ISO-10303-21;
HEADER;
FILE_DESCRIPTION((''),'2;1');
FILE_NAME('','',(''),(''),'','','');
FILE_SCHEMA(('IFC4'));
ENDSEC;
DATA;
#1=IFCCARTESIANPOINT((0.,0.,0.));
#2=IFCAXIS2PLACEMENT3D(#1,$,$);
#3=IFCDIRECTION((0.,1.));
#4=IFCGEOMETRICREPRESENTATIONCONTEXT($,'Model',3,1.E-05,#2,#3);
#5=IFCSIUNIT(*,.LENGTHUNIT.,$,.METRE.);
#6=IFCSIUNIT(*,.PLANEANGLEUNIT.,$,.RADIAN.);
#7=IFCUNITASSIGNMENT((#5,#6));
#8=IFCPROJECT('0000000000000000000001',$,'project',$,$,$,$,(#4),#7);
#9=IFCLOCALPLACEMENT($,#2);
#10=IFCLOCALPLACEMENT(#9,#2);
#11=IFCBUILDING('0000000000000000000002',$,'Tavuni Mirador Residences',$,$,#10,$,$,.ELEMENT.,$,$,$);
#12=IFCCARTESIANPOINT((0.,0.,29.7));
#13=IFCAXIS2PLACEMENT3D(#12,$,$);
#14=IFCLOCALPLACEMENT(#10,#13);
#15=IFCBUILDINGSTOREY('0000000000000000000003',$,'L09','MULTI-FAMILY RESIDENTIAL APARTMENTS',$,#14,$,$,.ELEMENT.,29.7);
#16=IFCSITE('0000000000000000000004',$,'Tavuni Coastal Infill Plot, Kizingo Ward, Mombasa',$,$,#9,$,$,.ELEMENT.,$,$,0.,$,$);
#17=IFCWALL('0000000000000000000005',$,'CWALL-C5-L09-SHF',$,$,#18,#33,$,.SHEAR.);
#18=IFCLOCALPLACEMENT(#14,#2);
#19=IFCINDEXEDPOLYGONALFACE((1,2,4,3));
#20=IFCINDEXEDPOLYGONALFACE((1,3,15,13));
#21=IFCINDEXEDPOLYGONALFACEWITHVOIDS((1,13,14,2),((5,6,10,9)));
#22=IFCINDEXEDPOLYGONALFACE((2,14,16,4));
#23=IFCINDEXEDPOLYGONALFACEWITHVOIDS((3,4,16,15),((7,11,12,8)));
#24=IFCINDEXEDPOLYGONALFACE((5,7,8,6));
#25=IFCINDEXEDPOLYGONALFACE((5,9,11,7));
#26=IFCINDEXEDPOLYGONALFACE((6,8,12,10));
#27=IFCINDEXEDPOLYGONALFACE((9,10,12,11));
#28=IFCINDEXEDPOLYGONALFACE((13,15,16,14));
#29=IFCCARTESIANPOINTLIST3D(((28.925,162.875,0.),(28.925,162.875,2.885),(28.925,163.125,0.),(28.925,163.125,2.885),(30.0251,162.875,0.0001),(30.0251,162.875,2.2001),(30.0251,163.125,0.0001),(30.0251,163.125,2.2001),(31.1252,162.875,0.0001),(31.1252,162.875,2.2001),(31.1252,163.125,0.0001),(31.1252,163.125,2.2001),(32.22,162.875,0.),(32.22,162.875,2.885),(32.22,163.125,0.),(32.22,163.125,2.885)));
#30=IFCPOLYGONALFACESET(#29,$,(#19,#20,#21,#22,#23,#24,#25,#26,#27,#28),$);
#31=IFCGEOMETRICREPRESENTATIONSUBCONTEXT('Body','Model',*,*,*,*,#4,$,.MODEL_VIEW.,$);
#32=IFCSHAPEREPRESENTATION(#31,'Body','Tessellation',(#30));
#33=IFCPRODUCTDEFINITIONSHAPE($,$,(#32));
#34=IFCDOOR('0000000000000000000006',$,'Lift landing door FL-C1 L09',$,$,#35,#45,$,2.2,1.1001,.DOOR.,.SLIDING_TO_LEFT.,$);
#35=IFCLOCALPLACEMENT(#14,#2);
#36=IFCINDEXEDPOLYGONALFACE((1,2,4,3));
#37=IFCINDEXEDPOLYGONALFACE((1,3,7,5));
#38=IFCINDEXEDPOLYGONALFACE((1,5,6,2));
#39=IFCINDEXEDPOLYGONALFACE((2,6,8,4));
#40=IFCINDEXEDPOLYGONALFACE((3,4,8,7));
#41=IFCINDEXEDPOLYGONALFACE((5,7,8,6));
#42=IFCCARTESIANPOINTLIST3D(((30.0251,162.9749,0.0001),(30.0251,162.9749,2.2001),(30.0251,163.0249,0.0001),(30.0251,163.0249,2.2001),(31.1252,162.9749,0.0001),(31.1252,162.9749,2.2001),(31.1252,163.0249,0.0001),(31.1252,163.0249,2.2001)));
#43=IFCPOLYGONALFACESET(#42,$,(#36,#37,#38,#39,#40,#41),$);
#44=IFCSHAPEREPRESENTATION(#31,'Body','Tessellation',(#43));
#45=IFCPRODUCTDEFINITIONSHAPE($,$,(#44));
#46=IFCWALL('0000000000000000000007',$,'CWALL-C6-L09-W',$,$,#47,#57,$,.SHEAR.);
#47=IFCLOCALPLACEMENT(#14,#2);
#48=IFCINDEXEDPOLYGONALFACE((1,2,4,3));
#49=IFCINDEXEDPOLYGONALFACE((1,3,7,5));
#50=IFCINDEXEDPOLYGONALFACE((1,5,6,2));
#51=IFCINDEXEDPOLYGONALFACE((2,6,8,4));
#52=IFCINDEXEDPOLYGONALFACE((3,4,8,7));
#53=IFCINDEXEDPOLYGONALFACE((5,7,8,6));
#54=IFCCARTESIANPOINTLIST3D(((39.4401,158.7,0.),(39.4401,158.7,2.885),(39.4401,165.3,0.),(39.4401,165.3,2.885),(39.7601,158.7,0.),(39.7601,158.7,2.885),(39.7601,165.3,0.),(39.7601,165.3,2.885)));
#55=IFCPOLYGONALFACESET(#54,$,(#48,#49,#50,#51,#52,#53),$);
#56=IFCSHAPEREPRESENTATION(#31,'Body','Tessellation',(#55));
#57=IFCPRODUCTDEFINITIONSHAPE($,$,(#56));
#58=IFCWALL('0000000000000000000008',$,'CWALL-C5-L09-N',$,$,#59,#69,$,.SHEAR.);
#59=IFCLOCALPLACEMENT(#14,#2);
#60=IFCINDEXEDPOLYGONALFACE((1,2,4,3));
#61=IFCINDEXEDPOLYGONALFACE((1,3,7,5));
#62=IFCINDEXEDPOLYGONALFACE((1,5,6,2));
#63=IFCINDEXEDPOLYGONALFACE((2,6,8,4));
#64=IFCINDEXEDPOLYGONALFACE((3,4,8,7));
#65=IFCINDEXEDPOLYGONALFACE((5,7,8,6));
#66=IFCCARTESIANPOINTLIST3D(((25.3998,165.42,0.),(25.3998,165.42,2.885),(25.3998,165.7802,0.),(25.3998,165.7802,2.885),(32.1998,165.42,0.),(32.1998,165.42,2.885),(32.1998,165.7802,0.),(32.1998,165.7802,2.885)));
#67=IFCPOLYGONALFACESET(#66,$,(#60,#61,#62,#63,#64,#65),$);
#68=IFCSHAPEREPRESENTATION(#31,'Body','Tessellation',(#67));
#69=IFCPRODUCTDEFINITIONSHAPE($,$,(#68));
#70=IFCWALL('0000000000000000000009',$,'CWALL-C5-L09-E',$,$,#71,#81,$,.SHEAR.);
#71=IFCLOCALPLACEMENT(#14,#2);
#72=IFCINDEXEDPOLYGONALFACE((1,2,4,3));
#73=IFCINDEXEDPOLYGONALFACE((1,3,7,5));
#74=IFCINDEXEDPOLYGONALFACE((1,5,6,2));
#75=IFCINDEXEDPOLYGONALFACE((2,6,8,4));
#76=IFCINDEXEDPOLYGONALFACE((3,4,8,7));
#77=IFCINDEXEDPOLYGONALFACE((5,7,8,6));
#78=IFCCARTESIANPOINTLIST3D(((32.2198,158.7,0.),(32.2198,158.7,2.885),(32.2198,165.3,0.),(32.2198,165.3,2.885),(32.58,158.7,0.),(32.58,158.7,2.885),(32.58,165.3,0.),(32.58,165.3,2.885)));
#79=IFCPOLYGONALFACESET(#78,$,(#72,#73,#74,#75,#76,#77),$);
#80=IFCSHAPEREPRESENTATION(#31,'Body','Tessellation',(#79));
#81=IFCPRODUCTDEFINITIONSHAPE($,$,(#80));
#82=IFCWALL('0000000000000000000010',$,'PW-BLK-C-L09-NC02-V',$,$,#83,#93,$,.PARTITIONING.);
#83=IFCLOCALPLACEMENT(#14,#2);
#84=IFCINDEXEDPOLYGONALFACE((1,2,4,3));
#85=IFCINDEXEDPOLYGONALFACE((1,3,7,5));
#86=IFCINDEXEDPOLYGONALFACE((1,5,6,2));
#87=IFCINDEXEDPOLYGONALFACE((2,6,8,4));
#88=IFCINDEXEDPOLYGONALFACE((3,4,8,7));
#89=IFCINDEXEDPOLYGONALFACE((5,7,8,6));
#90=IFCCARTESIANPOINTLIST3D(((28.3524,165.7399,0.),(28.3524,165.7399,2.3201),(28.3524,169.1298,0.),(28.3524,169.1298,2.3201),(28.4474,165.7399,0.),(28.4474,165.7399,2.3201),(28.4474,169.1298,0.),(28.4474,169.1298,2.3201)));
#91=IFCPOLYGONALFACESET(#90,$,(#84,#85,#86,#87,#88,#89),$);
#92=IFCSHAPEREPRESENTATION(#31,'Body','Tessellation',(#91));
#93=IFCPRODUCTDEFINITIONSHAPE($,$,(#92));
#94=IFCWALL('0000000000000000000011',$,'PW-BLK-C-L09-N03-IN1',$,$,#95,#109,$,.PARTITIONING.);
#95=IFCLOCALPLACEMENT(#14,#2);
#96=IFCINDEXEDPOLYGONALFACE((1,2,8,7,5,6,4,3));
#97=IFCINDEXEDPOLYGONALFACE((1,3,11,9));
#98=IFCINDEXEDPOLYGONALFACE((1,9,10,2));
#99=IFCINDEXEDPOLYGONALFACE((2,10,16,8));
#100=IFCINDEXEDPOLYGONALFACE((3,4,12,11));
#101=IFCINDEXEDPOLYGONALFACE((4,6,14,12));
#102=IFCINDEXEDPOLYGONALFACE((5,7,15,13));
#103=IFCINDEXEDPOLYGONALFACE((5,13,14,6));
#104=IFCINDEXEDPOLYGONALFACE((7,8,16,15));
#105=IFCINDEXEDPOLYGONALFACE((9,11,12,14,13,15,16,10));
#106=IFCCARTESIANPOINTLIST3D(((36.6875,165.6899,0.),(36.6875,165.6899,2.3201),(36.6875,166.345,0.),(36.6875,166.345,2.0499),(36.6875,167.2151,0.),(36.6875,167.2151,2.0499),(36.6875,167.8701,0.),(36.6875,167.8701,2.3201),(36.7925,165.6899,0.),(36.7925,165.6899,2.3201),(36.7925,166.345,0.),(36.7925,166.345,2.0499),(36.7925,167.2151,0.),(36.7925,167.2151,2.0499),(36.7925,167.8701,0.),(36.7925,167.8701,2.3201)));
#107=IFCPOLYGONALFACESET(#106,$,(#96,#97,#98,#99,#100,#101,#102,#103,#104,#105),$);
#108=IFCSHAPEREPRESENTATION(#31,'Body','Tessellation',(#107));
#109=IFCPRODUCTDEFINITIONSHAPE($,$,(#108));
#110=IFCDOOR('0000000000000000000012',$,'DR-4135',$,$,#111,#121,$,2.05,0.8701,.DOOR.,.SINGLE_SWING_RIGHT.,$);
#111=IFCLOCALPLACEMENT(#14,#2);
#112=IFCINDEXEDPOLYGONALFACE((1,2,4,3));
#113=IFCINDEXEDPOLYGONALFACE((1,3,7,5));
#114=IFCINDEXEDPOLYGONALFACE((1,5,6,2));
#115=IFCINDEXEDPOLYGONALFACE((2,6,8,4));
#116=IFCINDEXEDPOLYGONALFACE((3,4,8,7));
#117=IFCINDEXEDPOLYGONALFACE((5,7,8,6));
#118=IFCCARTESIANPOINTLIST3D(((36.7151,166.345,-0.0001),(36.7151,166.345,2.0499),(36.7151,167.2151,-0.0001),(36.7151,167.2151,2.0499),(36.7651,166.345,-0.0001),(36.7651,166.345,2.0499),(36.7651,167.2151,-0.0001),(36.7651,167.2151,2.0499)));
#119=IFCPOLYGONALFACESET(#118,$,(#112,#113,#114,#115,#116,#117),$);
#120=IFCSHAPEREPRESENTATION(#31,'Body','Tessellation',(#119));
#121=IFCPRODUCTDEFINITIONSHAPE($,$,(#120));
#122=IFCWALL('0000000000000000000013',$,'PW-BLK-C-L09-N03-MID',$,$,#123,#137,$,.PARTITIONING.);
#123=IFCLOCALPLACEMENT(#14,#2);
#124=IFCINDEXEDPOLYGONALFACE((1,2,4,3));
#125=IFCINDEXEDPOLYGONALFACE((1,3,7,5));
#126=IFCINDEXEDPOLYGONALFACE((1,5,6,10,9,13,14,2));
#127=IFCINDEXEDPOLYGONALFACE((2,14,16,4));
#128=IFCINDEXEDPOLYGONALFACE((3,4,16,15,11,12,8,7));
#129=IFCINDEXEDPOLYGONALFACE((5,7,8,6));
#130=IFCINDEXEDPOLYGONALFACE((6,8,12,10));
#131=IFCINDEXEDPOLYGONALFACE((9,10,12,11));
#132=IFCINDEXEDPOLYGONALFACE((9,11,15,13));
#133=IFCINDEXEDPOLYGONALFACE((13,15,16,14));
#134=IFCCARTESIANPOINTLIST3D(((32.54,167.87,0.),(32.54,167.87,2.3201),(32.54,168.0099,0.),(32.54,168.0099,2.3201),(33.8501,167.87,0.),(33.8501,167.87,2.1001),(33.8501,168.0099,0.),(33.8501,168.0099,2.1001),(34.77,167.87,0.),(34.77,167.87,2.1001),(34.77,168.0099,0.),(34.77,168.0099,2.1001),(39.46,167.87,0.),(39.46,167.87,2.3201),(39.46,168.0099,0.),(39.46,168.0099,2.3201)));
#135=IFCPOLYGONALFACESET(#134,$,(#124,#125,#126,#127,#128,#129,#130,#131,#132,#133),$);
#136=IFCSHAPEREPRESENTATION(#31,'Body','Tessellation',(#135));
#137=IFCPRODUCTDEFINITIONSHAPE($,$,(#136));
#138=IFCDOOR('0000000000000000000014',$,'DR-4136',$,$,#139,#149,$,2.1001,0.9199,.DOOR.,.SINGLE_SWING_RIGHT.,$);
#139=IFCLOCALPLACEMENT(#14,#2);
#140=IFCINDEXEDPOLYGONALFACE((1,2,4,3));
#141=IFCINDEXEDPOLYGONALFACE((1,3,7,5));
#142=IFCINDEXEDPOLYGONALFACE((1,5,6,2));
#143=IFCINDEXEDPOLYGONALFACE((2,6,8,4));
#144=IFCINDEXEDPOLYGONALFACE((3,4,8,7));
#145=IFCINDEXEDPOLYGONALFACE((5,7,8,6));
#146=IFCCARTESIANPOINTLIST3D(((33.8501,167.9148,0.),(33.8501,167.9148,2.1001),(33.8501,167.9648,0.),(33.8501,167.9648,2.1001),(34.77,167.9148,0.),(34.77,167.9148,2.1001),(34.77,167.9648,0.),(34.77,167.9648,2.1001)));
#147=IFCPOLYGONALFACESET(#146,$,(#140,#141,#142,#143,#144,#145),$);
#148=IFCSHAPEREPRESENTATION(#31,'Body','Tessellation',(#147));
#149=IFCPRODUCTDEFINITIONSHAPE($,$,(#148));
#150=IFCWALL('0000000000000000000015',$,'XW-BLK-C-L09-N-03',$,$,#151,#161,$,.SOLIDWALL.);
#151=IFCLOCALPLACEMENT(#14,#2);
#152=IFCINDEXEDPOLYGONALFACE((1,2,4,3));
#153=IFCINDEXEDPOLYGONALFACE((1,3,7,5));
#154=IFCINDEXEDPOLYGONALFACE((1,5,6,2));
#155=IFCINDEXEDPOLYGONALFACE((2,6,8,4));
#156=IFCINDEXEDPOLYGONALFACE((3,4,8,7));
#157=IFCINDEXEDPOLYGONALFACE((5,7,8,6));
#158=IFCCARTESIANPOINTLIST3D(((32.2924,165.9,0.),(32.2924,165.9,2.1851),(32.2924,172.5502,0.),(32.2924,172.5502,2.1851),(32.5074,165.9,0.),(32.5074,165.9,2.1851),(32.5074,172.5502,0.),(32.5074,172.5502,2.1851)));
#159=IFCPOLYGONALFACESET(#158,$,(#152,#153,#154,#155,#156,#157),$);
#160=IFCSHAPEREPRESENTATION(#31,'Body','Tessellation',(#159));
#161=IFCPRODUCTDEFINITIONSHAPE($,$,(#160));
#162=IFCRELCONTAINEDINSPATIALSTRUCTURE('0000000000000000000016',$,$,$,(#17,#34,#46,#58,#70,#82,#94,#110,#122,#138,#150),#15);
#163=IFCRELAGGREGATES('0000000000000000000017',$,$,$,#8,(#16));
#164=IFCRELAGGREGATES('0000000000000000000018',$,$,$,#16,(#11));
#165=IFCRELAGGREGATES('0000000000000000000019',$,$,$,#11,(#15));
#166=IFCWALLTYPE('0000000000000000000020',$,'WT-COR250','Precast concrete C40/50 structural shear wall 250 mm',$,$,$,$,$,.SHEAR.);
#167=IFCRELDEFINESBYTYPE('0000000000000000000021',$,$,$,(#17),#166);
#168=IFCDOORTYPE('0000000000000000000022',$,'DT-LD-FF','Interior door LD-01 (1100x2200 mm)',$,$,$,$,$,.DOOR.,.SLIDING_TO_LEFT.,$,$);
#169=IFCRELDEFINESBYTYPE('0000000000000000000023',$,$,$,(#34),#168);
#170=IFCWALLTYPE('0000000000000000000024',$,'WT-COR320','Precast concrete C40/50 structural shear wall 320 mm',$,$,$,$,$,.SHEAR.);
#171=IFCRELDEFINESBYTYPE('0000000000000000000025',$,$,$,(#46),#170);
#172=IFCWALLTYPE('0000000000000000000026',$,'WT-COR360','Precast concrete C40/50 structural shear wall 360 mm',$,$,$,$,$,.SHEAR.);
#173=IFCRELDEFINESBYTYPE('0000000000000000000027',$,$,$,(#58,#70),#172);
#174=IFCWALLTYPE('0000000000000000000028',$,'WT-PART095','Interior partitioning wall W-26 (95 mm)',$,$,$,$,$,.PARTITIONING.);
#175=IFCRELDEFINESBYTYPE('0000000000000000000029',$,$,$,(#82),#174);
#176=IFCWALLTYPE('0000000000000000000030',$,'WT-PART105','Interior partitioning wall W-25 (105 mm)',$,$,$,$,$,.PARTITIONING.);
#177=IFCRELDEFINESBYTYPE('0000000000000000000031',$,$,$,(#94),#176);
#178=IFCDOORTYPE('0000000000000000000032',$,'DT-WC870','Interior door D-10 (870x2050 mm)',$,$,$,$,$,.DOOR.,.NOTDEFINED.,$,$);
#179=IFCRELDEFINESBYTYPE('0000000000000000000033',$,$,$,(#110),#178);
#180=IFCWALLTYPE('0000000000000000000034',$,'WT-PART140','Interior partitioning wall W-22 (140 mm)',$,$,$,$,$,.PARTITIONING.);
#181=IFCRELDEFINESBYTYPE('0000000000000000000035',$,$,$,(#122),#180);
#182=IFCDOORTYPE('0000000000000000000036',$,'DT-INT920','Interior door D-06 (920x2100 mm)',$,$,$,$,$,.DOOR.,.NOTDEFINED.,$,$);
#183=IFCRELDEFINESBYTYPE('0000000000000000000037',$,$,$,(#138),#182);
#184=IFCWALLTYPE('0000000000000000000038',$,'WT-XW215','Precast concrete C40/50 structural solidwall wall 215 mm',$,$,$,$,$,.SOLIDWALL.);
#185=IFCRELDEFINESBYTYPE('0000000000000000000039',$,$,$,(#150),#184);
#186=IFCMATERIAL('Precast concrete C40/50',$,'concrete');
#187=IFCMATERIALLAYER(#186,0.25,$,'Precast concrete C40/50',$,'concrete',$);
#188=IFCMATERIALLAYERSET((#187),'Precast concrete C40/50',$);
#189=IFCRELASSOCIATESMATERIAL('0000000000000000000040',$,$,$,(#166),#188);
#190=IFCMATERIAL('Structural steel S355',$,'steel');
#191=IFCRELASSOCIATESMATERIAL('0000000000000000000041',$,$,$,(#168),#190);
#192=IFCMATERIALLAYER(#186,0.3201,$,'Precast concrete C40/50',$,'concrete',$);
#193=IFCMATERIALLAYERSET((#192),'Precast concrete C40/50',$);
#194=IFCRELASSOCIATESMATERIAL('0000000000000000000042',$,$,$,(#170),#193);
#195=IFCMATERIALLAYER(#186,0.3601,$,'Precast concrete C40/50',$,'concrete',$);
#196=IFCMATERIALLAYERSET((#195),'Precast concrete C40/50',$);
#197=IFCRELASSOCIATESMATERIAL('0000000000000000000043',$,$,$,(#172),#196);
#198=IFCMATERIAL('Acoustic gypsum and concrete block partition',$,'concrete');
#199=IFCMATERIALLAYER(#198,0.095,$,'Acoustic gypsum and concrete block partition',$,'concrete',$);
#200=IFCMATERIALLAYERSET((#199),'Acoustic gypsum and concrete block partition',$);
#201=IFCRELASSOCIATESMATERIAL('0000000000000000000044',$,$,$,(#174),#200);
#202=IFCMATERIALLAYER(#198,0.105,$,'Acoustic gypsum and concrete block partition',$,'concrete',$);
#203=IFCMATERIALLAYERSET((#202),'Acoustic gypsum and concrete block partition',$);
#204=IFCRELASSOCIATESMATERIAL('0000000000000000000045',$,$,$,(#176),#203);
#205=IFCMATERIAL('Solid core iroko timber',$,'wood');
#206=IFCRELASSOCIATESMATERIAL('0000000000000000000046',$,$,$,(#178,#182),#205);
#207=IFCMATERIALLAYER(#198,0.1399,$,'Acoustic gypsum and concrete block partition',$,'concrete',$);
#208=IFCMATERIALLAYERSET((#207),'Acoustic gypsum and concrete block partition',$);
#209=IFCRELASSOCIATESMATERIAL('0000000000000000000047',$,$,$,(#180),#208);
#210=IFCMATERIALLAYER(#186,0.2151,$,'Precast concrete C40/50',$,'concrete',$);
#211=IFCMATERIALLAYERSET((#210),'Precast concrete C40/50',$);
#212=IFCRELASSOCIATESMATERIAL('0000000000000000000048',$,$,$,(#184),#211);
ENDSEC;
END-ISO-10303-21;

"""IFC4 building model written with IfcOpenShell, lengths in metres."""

from ifc_helpers import new_model, si_unit, direction, frame, frame_2d, origin, place, context, subcontext, project, spatial, rectangle, extrude, material, layer, layer_set, type_object, element, fill, save


model = new_model("IFC4")

# Units and contexts
model_context = context("Model", 3, precision=1e-05, world=origin(), true_north=direction((0.0, 1.0)))
body_context = subcontext(model_context, "Body", "Model", "MODEL_VIEW")
ifc_project = project(units=[si_unit("LENGTHUNIT", "METRE"), si_unit("PLANEANGLEUNIT", "RADIAN")], contexts=[model_context])

# Site, building, storey
site_placement = place(None, origin())
site = spatial("IfcSite", under=ifc_project, at=site_placement, Name="Tavuni Coastal Infill Plot, Kizingo Ward, Mombasa", CompositionType="ELEMENT", RefElevation=0.0)
building_placement = place(site_placement, origin())
building = spatial("IfcBuilding", under=site, at=building_placement, Name="Tavuni Mirador Residences", CompositionType="ELEMENT")
storey_placement = place(building_placement, frame((0.0, 0.0, 29.7)))
storey = spatial("IfcBuildingStorey", under=building, at=storey_placement, Name="L09", Description="MULTI-FAMILY RESIDENTIAL APARTMENTS", CompositionType="ELEMENT", Elevation=29.7)

# Shared definitions
ifc_material_1 = material(Name="Precast concrete C40/50", Category="concrete")

# Wall, opening, door
ifc_layer_1 = layer(ifc_material_1, 0.25, Name="Precast concrete C40/50", Category="concrete")
ifc_layer_set_1 = layer_set([ifc_layer_1], Name="Precast concrete C40/50")
wall_type_1 = type_object("IfcWallType", Name="WT-COR250", Description="Precast concrete C40/50 structural shear wall 250 mm", PredefinedType="SHEAR", material=ifc_layer_set_1)
ifc_material_2 = material(Name="Solid core iroko timber", Category="wood")
wall_1_placement = place(storey_placement, frame((28.925, 163.0, 0.0), z_axis=(0.0, 0.0, 1.0), x_axis=(1.0, 0.0, 0.0)))
wall_1 = element("IfcWall", 1, at=wall_1_placement, inside=storey, type_object=wall_type_1, Name="CWALL-C5-L09-SHF", PredefinedType="SHEAR", context=body_context, shape_type="SweptSolid", body=[
    extrude(rectangle(XDim=3.2949, YDim=0.25, at=frame_2d((1.6475, 0.0))), origin(), (0.0, 0.0, 1.0), 2.885),
])
opening_1_placement = place(wall_1_placement, frame((1.1001, 0.0, 0.0)))
opening_1 = element("IfcOpeningElement", 2, at=opening_1_placement, cuts=wall_1, PredefinedType="OPENING", context=body_context, shape_type="SweptSolid", body=[
    extrude(rectangle(XDim=1.1001, YDim=2.2, at=frame_2d((0.55, 1.1001))), frame((0.0, 0.135, 0.0), z_axis=(0.0, -1.0, 0.0), x_axis=(1.0, 0.0, 0.0)), (0.0, 0.0, 1.0), 0.27),
])
ifc_material_3 = material(Name="Structural steel S355", Category="steel")
door_type_1 = type_object("IfcDoorType", Name="DT-LD-FF", Description="Interior door LD-01 (1100x2200 mm)", OperationType="SLIDING_TO_LEFT", PredefinedType="DOOR", material=ifc_material_3)
door_1_placement = place(opening_1_placement, origin())
door_1 = element("IfcDoor", 3, at=door_1_placement, inside=storey, type_object=door_type_1, Name="Lift landing door FL-C1 L09", OperationType="SLIDING_TO_LEFT", OverallHeight=2.2, OverallWidth=1.1001, PredefinedType="DOOR", context=body_context, shape_type="SweptSolid", body=[
    extrude(rectangle(XDim=1.1001, YDim=2.2, at=frame_2d((0.55, 1.1001))), frame((0.0, 0.0249, 0.0), z_axis=(0.0, -1.0, 0.0), x_axis=(1.0, 0.0, 0.0)), (0.0, 0.0, 1.0), 0.05),
])
fill(opening_1, door_1)

# Walls
ifc_layer_2 = layer(ifc_material_1, 0.3201, Name="Precast concrete C40/50", Category="concrete")
ifc_layer_set_2 = layer_set([ifc_layer_2], Name="Precast concrete C40/50")
wall_type_2 = type_object("IfcWallType", Name="WT-COR320", Description="Precast concrete C40/50 structural shear wall 320 mm", PredefinedType="SHEAR", material=ifc_layer_set_2)
wall_2_placement = place(storey_placement, frame((39.6001, 158.7, 0.0), z_axis=(0.0, 0.0, 1.0), x_axis=(0.0, 1.0, 0.0)))
element("IfcWall", 4, at=wall_2_placement, inside=storey, type_object=wall_type_2, Name="CWALL-C6-L09-W", PredefinedType="SHEAR", context=body_context, shape_type="SweptSolid", body=[
    extrude(rectangle(XDim=6.6001, YDim=0.3201, at=frame_2d((3.3, 0.0))), origin(), (0.0, 0.0, 1.0), 2.885),
])
ifc_layer_3 = layer(ifc_material_1, 0.3601, Name="Precast concrete C40/50", Category="concrete")
ifc_layer_set_3 = layer_set([ifc_layer_3], Name="Precast concrete C40/50")
wall_type_3 = type_object("IfcWallType", Name="WT-COR360", Description="Precast concrete C40/50 structural shear wall 360 mm", PredefinedType="SHEAR", material=ifc_layer_set_3)
wall_3_placement = place(storey_placement, frame((25.3999, 165.6001, 0.0), z_axis=(0.0, 0.0, 1.0), x_axis=(1.0, 0.0, 0.0)))
element("IfcWall", 5, at=wall_3_placement, inside=storey, type_object=wall_type_3, Name="CWALL-C5-L09-N", PredefinedType="SHEAR", context=body_context, shape_type="SweptSolid", body=[
    extrude(rectangle(XDim=6.8, YDim=0.3601, at=frame_2d((3.3999, 0.0))), origin(), (0.0, 0.0, 1.0), 2.885),
])
wall_4_placement = place(storey_placement, frame((32.3999, 158.7, 0.0), z_axis=(0.0, 0.0, 1.0), x_axis=(0.0, 1.0, 0.0)))
element("IfcWall", 6, at=wall_4_placement, inside=storey, type_object=wall_type_3, Name="CWALL-C5-L09-E", PredefinedType="SHEAR", context=body_context, shape_type="SweptSolid", body=[
    extrude(rectangle(XDim=6.6001, YDim=0.3601, at=frame_2d((3.3, 0.0))), origin(), (0.0, 0.0, 1.0), 2.885),
])

# Wall
ifc_material_4 = material(Name="Acoustic gypsum and concrete block partition", Category="concrete")
ifc_layer_4 = layer(ifc_material_4, 0.095, Name="Acoustic gypsum and concrete block partition", Category="concrete")
ifc_layer_set_4 = layer_set([ifc_layer_4], Name="Acoustic gypsum and concrete block partition")
wall_type_4 = type_object("IfcWallType", Name="WT-PART095", Description="Interior partitioning wall W-26 (95 mm)", PredefinedType="PARTITIONING", material=ifc_layer_set_4)
wall_5_placement = place(storey_placement, frame((28.3999, 165.74, 0.0), z_axis=(0.0, 0.0, 1.0), x_axis=(0.0, 1.0, 0.0)))
element("IfcWall", 7, at=wall_5_placement, inside=storey, type_object=wall_type_4, Name="PW-BLK-C-L09-NC02-V", PredefinedType="PARTITIONING", context=body_context, shape_type="SweptSolid", body=[
    extrude(rectangle(XDim=3.3899, YDim=0.095, at=frame_2d((1.6948, 0.0))), origin(), (0.0, 0.0, 1.0), 2.3201),
])

# Walls, openings, doors
ifc_layer_5 = layer(ifc_material_4, 0.105, Name="Acoustic gypsum and concrete block partition", Category="concrete")
ifc_layer_set_5 = layer_set([ifc_layer_5], Name="Acoustic gypsum and concrete block partition")
wall_type_5 = type_object("IfcWallType", Name="WT-PART105", Description="Interior partitioning wall W-25 (105 mm)", PredefinedType="PARTITIONING", material=ifc_layer_set_5)
wall_6_placement = place(storey_placement, frame((36.74, 165.6899, 0.0), z_axis=(0.0, 0.0, 1.0), x_axis=(0.0, 1.0, 0.0)))
wall_6 = element("IfcWall", 8, at=wall_6_placement, inside=storey, type_object=wall_type_5, Name="PW-BLK-C-L09-N03-IN1", PredefinedType="PARTITIONING", context=body_context, shape_type="SweptSolid", body=[
    extrude(rectangle(XDim=2.1802, YDim=0.105, at=frame_2d((1.0901, 0.0))), origin(), (0.0, 0.0, 1.0), 2.3201),
])
opening_2_placement = place(wall_6_placement, frame((0.655, 0.0, 0.0)))
opening_2 = element("IfcOpeningElement", 9, at=opening_2_placement, cuts=wall_6, PredefinedType="OPENING", context=body_context, shape_type="SweptSolid", body=[
    extrude(rectangle(XDim=0.8701, YDim=2.05, at=frame_2d((0.4351, 1.0249))), frame((0.0, 0.0625, 0.0), z_axis=(0.0, -1.0, 0.0), x_axis=(1.0, 0.0, 0.0)), (0.0, 0.0, 1.0), 0.125),
])
door_type_2 = type_object("IfcDoorType", Name="DT-WC870", Description="Interior door D-10 (870x2050 mm)", OperationType="NOTDEFINED", PredefinedType="DOOR", material=ifc_material_2)
door_2_placement = place(opening_2_placement, origin())
door_2 = element("IfcDoor", 10, at=door_2_placement, inside=storey, type_object=door_type_2, Name="DR-4135", OperationType="SINGLE_SWING_RIGHT", OverallHeight=2.05, OverallWidth=0.8701, PredefinedType="DOOR", context=body_context, shape_type="SweptSolid", body=[
    extrude(rectangle(XDim=0.8701, YDim=2.05, at=frame_2d((0.4351, 1.0249))), frame((0.0, 0.0249, 0.0), z_axis=(0.0, -1.0, 0.0), x_axis=(1.0, 0.0, 0.0)), (0.0, 0.0, 1.0), 0.05),
])
fill(opening_2, door_2)
ifc_layer_6 = layer(ifc_material_4, 0.1399, Name="Acoustic gypsum and concrete block partition", Category="concrete")
ifc_layer_set_6 = layer_set([ifc_layer_6], Name="Acoustic gypsum and concrete block partition")
wall_type_6 = type_object("IfcWallType", Name="WT-PART140", Description="Interior partitioning wall W-22 (140 mm)", PredefinedType="PARTITIONING", material=ifc_layer_set_6)
wall_7_placement = place(storey_placement, frame((32.54, 167.9399, 0.0), z_axis=(0.0, 0.0, 1.0), x_axis=(1.0, 0.0, 0.0)))
wall_7 = element("IfcWall", 11, at=wall_7_placement, inside=storey, type_object=wall_type_6, Name="PW-BLK-C-L09-N03-MID", PredefinedType="PARTITIONING", context=body_context, shape_type="SweptSolid", body=[
    extrude(rectangle(XDim=6.9199, YDim=0.1399, at=frame_2d((3.46, 0.0))), origin(), (0.0, 0.0, 1.0), 2.3201),
])
opening_3_placement = place(wall_7_placement, frame((1.3101, 0.0, 0.0)))
opening_3 = element("IfcOpeningElement", 12, at=opening_3_placement, cuts=wall_7, PredefinedType="OPENING", context=body_context, shape_type="SweptSolid", body=[
    extrude(rectangle(XDim=0.9199, YDim=2.1001, at=frame_2d((0.46, 1.05))), frame((0.0, 0.0801, 0.0), z_axis=(0.0, -1.0, 0.0), x_axis=(1.0, 0.0, 0.0)), (0.0, 0.0, 1.0), 0.1599),
])
door_type_3 = type_object("IfcDoorType", Name="DT-INT920", Description="Interior door D-06 (920x2100 mm)", OperationType="NOTDEFINED", PredefinedType="DOOR", material=ifc_material_2)
door_3_placement = place(opening_3_placement, origin())
door_3 = element("IfcDoor", 13, at=door_3_placement, inside=storey, type_object=door_type_3, Name="DR-4136", OperationType="SINGLE_SWING_RIGHT", OverallHeight=2.1001, OverallWidth=0.9199, PredefinedType="DOOR", context=body_context, shape_type="SweptSolid", body=[
    extrude(rectangle(XDim=0.9199, YDim=2.1001, at=frame_2d((0.46, 1.05))), frame((0.0, 0.0249, 0.0), z_axis=(0.0, -1.0, 0.0), x_axis=(1.0, 0.0, 0.0)), (0.0, 0.0, 1.0), 0.05),
])
fill(opening_3, door_3)

# Wall
ifc_layer_7 = layer(ifc_material_1, 0.2151, Name="Precast concrete C40/50", Category="concrete")
ifc_layer_set_7 = layer_set([ifc_layer_7], Name="Precast concrete C40/50")
wall_type_7 = type_object("IfcWallType", Name="WT-XW215", Description="Precast concrete C40/50 structural solidwall wall 215 mm", PredefinedType="SOLIDWALL", material=ifc_layer_set_7)
wall_8_placement = place(storey_placement, frame((32.3999, 165.8999, 0.0), z_axis=(0.0, 0.0, 1.0), x_axis=(0.0, 1.0, 0.0)))
element("IfcWall", 14, at=wall_8_placement, inside=storey, type_object=wall_type_7, Name="XW-BLK-C-L09-N-03", PredefinedType="SOLIDWALL", context=body_context, shape_type="SweptSolid", body=[
    extrude(rectangle(XDim=6.6501, YDim=0.2151, at=frame_2d((3.3252, 0.0))), origin(), (0.0, 0.0, 1.0), 2.1851),
])

save(model, "model.ifc")
